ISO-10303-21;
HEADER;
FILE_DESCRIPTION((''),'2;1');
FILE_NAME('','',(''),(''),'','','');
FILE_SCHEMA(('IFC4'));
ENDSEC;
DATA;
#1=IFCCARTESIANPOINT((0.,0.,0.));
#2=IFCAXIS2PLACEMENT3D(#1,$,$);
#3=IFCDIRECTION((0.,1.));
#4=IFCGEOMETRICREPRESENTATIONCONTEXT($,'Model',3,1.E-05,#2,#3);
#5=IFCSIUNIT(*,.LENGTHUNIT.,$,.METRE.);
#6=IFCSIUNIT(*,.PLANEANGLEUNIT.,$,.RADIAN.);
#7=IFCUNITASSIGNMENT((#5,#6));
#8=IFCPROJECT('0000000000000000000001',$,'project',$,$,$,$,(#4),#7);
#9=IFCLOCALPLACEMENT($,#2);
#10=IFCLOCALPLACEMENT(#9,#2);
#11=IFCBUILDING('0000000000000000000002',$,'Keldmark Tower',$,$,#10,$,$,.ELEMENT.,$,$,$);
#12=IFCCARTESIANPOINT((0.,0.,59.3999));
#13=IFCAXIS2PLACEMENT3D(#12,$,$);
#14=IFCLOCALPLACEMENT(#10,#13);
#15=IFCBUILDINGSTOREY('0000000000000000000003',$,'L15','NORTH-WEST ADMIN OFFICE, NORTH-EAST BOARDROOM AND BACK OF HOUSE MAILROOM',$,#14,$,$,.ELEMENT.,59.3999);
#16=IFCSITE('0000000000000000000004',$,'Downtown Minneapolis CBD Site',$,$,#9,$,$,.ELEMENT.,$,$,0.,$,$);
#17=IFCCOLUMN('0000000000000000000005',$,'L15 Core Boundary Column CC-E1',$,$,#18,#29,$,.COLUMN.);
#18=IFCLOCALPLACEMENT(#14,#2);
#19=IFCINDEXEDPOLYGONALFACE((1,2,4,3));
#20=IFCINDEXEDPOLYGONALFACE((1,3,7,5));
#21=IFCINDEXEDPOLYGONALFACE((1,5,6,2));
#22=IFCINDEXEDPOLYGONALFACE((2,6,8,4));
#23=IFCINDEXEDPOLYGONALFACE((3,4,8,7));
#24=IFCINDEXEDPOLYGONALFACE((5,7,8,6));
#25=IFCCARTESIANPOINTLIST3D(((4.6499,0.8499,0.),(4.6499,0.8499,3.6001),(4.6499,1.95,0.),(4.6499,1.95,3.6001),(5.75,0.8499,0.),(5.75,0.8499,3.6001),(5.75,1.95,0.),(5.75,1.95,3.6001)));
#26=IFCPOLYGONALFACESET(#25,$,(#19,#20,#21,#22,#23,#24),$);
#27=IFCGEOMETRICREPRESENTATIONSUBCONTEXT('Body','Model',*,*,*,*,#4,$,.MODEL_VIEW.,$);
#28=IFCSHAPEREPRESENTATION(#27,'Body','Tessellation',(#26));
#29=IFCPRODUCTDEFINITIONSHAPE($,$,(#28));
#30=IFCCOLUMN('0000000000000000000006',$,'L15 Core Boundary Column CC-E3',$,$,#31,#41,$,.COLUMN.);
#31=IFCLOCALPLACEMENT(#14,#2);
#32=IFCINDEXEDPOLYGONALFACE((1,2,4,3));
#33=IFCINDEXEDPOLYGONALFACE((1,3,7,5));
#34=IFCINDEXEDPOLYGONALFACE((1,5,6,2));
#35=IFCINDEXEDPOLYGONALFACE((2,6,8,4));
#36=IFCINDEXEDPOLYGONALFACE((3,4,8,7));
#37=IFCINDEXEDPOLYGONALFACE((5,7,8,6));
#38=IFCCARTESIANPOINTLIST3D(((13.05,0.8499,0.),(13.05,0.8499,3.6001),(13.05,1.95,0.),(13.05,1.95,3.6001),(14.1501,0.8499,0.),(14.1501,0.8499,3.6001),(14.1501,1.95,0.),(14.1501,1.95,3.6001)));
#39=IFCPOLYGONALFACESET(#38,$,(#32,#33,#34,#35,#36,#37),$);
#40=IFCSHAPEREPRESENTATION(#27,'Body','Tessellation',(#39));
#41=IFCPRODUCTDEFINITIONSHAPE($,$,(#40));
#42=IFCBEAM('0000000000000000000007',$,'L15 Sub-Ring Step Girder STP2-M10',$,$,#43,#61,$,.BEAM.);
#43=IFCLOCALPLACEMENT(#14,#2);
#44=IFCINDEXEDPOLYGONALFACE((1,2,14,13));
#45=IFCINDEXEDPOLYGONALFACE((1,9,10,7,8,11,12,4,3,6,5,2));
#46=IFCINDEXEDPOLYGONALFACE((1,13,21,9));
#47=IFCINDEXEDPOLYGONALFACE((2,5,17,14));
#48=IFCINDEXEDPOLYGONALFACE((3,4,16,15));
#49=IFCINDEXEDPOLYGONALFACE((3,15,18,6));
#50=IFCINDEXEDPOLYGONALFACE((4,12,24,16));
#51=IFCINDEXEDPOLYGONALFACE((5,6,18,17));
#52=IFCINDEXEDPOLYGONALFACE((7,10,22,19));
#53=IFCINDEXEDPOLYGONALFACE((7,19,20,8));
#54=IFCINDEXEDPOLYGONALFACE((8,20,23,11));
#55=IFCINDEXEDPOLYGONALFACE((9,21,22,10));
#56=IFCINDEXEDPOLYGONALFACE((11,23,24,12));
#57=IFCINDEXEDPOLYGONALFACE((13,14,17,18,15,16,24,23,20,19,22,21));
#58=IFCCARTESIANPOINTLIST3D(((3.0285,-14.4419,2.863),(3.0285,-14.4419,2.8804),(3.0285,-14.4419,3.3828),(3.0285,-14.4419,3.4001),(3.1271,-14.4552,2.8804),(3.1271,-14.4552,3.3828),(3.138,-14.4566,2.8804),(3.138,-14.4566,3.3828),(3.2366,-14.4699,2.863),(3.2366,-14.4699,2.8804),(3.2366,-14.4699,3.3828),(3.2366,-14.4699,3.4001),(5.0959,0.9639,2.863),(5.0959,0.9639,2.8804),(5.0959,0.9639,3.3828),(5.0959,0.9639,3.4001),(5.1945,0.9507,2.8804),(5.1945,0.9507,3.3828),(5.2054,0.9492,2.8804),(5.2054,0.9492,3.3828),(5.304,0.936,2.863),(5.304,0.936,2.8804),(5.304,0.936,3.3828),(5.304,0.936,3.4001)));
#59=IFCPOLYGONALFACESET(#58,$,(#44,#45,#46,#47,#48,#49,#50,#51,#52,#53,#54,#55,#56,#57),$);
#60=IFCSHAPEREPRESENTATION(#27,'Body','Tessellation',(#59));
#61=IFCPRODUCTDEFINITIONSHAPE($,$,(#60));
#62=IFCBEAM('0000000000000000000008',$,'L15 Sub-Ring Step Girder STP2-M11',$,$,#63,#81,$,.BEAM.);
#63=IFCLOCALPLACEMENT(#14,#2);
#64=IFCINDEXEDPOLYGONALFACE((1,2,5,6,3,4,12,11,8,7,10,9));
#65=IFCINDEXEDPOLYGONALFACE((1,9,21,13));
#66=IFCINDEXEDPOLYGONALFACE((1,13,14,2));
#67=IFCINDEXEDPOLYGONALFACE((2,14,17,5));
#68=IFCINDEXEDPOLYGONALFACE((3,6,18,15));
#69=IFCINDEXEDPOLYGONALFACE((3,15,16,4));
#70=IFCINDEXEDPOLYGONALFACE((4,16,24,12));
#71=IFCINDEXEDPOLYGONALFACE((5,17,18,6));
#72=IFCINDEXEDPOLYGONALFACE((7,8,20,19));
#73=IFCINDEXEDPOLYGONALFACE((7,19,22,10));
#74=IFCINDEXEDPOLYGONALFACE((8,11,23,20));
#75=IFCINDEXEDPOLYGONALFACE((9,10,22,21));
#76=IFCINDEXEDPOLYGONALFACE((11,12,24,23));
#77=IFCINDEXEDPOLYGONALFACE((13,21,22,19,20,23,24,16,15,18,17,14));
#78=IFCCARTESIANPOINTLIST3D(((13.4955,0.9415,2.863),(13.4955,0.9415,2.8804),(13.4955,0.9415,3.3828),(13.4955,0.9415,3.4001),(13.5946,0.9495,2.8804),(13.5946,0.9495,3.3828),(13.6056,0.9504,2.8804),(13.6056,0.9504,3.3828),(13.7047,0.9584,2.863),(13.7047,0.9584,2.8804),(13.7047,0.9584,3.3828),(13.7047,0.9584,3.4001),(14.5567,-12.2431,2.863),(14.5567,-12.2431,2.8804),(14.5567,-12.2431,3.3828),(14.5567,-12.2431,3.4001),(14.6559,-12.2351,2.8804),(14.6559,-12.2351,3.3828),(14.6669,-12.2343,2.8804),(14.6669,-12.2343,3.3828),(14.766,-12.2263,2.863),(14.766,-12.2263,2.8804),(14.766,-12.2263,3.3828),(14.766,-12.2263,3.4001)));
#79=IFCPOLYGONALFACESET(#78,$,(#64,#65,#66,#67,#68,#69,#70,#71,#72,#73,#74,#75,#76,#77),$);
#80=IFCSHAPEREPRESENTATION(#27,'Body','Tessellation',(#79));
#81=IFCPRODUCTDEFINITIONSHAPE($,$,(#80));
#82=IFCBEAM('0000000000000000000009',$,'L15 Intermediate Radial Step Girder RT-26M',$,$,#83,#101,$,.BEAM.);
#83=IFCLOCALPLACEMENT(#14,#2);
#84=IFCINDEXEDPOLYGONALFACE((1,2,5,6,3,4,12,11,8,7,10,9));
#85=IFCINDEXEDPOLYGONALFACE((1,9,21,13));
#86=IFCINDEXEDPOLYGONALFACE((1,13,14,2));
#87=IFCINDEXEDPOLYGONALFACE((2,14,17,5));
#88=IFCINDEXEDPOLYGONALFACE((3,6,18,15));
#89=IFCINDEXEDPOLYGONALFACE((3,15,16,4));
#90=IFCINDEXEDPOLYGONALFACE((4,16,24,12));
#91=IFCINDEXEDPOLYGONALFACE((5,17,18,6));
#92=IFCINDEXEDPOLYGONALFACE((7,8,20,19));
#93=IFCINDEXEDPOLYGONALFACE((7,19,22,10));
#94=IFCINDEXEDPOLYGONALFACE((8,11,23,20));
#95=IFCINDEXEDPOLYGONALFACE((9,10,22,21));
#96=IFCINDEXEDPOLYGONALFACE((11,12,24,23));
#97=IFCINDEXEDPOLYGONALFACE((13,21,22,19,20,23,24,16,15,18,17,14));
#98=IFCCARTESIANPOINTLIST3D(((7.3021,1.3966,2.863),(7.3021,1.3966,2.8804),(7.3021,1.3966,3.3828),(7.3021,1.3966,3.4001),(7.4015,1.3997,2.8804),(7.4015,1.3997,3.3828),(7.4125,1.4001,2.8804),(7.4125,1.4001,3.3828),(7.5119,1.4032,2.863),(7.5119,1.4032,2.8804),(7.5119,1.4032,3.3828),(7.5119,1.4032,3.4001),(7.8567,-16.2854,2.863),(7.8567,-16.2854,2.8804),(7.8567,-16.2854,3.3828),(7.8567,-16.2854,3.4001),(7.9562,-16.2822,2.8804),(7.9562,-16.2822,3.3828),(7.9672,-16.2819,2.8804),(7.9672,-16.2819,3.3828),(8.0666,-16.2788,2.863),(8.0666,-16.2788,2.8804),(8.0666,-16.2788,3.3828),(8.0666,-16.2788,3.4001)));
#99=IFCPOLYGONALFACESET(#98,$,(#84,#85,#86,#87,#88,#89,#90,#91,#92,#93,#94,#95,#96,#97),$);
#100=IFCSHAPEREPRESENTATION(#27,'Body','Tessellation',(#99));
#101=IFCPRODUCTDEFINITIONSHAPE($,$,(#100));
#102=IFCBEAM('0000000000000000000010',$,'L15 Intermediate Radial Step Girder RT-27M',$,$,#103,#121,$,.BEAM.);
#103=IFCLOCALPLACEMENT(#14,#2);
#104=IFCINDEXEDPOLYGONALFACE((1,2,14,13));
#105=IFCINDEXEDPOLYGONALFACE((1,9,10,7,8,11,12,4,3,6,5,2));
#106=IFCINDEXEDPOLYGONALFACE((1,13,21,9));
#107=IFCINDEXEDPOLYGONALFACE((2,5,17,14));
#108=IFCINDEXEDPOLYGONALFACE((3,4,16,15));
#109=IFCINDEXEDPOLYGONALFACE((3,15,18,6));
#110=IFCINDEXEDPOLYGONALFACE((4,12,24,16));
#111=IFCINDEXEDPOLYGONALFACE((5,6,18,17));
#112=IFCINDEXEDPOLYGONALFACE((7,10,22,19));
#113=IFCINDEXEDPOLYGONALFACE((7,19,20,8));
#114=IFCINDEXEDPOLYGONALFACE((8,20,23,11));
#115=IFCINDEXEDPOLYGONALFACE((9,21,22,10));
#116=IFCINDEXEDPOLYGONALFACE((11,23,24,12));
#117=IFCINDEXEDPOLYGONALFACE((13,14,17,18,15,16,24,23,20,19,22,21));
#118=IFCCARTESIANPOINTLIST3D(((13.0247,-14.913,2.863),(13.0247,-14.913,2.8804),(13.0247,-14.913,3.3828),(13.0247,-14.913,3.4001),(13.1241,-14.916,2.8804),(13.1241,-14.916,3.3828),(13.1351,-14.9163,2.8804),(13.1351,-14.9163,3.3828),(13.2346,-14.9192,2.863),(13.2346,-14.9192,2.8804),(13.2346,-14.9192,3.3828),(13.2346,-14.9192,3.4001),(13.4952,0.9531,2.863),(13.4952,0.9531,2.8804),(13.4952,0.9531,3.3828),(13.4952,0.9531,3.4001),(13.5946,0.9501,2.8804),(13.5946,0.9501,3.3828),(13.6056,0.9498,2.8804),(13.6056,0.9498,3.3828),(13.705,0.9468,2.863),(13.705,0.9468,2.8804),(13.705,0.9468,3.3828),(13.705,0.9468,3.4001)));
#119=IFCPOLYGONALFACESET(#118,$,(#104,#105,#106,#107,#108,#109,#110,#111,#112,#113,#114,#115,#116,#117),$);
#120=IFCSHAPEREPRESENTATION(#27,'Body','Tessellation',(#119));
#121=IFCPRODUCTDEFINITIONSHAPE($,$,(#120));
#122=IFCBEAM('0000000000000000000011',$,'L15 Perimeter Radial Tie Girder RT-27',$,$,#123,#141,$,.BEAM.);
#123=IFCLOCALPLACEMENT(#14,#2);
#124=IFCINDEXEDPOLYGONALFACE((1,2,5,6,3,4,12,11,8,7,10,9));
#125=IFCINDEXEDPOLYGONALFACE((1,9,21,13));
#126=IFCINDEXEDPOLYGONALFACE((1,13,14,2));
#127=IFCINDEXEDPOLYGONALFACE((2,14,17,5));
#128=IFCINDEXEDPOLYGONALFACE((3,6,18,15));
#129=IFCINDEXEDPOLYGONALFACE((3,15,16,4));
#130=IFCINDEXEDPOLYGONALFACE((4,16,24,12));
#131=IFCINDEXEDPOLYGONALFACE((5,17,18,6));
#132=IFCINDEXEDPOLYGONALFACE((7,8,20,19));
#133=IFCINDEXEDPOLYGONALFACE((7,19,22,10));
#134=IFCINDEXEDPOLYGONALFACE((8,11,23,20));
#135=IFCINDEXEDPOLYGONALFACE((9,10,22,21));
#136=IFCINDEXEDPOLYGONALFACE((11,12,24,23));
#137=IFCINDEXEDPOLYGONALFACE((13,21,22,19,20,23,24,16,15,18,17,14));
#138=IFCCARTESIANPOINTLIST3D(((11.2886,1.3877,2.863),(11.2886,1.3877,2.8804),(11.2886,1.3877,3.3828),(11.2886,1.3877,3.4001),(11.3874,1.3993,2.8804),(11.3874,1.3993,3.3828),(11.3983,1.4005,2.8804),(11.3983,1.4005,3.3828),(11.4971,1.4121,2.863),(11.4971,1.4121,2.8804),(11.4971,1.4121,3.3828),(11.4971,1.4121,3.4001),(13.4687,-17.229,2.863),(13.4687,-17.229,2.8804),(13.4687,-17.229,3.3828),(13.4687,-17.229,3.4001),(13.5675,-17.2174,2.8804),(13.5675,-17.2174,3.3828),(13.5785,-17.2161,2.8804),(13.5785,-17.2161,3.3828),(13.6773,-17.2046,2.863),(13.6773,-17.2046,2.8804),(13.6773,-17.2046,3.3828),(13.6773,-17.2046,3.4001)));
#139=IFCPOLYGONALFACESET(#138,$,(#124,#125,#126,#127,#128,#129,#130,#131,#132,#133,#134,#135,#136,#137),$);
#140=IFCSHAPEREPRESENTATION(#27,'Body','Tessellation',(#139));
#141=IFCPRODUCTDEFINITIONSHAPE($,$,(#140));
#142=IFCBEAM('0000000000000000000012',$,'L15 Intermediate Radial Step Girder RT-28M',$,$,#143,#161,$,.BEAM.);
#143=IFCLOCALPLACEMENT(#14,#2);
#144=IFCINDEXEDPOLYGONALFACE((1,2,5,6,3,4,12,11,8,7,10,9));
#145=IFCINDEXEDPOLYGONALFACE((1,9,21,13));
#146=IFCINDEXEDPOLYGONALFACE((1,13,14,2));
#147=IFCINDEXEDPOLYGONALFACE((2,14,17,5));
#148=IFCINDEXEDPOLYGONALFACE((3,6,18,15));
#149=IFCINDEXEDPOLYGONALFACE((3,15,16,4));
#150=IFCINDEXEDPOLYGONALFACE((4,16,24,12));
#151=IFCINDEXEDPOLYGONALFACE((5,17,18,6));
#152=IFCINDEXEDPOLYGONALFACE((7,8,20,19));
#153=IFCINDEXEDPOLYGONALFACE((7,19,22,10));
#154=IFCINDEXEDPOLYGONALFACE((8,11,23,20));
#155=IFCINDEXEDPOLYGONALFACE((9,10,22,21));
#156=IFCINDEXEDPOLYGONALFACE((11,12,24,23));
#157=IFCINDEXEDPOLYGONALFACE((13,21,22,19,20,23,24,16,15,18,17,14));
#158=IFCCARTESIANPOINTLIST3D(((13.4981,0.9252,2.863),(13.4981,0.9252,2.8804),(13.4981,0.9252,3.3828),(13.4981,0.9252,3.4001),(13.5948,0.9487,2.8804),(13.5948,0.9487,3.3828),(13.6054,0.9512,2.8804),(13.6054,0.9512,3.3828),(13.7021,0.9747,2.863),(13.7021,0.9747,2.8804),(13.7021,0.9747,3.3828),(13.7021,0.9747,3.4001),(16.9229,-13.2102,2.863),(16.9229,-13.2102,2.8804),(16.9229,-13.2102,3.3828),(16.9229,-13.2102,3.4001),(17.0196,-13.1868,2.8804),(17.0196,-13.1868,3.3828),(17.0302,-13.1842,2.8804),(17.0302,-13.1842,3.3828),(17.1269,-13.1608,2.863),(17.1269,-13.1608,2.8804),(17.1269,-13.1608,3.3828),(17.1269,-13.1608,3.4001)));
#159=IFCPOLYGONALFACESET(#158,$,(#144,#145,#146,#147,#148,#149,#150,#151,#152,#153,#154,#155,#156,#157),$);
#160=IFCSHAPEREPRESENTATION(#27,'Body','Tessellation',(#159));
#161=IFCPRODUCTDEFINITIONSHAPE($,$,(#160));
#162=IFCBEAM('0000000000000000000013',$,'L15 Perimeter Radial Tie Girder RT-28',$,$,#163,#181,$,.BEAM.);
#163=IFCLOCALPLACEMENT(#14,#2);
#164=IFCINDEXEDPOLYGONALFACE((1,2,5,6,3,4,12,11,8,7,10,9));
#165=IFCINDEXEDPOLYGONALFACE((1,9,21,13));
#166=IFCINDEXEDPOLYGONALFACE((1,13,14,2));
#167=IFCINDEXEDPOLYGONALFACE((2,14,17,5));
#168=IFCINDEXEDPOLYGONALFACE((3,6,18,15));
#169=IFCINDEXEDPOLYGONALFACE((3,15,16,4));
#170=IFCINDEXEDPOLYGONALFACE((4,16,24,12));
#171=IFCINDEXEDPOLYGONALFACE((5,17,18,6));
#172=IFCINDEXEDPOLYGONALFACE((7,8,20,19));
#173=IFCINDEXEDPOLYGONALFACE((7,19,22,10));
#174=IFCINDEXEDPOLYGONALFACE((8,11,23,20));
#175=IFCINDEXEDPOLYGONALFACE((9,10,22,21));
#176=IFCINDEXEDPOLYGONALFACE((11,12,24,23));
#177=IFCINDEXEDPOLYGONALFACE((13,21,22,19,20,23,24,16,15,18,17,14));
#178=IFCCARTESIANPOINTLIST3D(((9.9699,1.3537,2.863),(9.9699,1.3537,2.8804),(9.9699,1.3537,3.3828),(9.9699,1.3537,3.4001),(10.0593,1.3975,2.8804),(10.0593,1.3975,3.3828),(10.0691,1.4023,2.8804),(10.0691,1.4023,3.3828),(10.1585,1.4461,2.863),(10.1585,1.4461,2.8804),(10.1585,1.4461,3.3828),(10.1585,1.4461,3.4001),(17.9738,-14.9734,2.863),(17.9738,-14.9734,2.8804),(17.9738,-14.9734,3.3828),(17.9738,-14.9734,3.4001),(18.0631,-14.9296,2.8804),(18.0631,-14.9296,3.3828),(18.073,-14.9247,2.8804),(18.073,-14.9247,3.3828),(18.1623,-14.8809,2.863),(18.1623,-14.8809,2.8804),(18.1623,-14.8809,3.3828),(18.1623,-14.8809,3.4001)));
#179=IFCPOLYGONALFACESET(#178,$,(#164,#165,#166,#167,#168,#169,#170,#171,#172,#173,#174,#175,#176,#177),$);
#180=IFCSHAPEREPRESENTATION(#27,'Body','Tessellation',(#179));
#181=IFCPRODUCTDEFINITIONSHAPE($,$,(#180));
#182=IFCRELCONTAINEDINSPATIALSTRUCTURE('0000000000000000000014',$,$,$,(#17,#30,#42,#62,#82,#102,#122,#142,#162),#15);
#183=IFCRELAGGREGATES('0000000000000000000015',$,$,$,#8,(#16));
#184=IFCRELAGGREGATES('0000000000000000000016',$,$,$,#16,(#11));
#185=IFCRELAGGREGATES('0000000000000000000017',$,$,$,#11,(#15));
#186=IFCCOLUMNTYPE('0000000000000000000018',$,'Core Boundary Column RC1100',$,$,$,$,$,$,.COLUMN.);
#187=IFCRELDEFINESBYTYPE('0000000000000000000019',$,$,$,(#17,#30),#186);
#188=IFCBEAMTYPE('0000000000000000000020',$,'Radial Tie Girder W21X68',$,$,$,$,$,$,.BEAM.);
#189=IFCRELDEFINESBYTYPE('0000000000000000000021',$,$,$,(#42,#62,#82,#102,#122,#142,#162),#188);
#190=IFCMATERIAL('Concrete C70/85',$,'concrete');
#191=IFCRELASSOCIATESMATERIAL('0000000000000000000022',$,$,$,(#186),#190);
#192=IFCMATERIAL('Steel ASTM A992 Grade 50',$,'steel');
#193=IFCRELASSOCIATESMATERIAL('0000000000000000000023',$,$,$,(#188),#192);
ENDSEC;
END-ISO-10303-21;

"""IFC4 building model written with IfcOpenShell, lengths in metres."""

from ifc_helpers import new_model, si_unit, direction, frame, origin, origin_2d, place, context, subcontext, project, spatial, rectangle, i_section, extrude, material, material_profile, profile_set, type_object, element, save


model = new_model("IFC4")

# Units and contexts
model_context = context("Model", 3, precision=1e-05, world=origin(), true_north=direction((0.0, 1.0)))
body_context = subcontext(model_context, "Body", "Model", "MODEL_VIEW")
ifc_project = project(units=[si_unit("LENGTHUNIT", "METRE"), si_unit("PLANEANGLEUNIT", "RADIAN")], contexts=[model_context])

# Site, building, storey
site_placement = place(None, origin())
site = spatial("IfcSite", under=ifc_project, at=site_placement, Name="Downtown Minneapolis CBD Site", CompositionType="ELEMENT", RefElevation=0.0)
building_placement = place(site_placement, origin())
building = spatial("IfcBuilding", under=site, at=building_placement, Name="Keldmark Tower", CompositionType="ELEMENT")
storey_placement = place(building_placement, frame((0.0, 0.0, 59.3999)))
storey = spatial("IfcBuildingStorey", under=building, at=storey_placement, Name="L15", Description="NORTH-WEST ADMIN OFFICE, NORTH-EAST BOARDROOM AND BACK OF HOUSE MAILROOM", CompositionType="ELEMENT", Elevation=59.3999)

# Columns
ifc_material_1 = material(Name="Concrete C70/85", Category="concrete")
ifc_material_profile_1 = material_profile(ifc_material_1, rectangle(XDim=1.1001, YDim=1.1001, at=origin_2d()), Name="RC1100X1100")
ifc_profile_set_1 = profile_set([ifc_material_profile_1], Name="Concrete C70/85")
column_type = type_object("IfcColumnType", Name="Core Boundary Column RC1100", PredefinedType="COLUMN", material=ifc_profile_set_1)
for number, where, z_axis, x_axis, name in (
    (1, (5.2, 1.3999, 0.0), (0.0, 0.0, 1.0), (1.0, 0.0, 0.0), "L15 Core Boundary Column CC-E1"),
    (2, (13.6001, 1.3999, 0.0), (0.0, 0.0, 1.0), (1.0, 0.0, 0.0), "L15 Core Boundary Column CC-E3"),
):
    element("IfcColumn", number, at=place(storey_placement, frame(where, z_axis=z_axis, x_axis=x_axis)), inside=storey, type_object=column_type, Name=name, PredefinedType="COLUMN", context=body_context, shape_type="SweptSolid", body=[
        extrude(rectangle(XDim=1.1001, YDim=1.1001, at=origin_2d()), origin(), (0.0, 0.0, 1.0), 3.6001),
    ])

# Beams
ifc_material_2 = material(Name="Steel ASTM A992 Grade 50", Category="steel")
ifc_material_profile_2 = material_profile(ifc_material_2, i_section(OverallWidth=0.21, OverallDepth=0.5371, WebThickness=0.011, FlangeThickness=0.0173, at=origin_2d()), Name="W21X68")
ifc_profile_set_2 = profile_set([ifc_material_profile_2], Name="Steel ASTM A992 Grade 50")
beam_type = type_object("IfcBeamType", Name="Radial Tie Girder W21X68", PredefinedType="BEAM", material=ifc_profile_set_2)
beam_1_placement = place(storey_placement, frame((5.2, 0.95, 3.1316), z_axis=(-0.133003, -0.991116, 0.0), x_axis=(0.991116, -0.133003, 0.0)))
element("IfcBeam", 3, at=beam_1_placement, inside=storey, type_object=beam_type, Name="L15 Sub-Ring Step Girder STP2-M10", PredefinedType="BEAM", context=body_context, shape_type="SweptSolid", body=[
    extrude(i_section(OverallWidth=0.21, OverallDepth=0.5371, WebThickness=0.011, FlangeThickness=0.0173, at=origin_2d()), origin(), (0.0, 0.0, 1.0), 15.5439),
])
beam_2_placement = place(storey_placement, frame((13.6001, 0.95, 3.1316), z_axis=(0.080235, -0.996776, 0.0), x_axis=(0.996776, 0.080235, 0.0)))
element("IfcBeam", 4, at=beam_2_placement, inside=storey, type_object=beam_type, Name="L15 Sub-Ring Step Girder STP2-M11", PredefinedType="BEAM", context=body_context, shape_type="SweptSolid", body=[
    extrude(i_section(OverallWidth=0.21, OverallDepth=0.5371, WebThickness=0.011, FlangeThickness=0.0173, at=origin_2d()), origin(), (0.0, 0.0, 1.0), 13.2273),
])
beam_3_placement = place(storey_placement, frame((7.407, 1.3999, 3.1316), z_axis=(0.031355, -0.999508, 0.0), x_axis=(0.999508, 0.031355, 0.0)))
element("IfcBeam", 5, at=beam_3_placement, inside=storey, type_object=beam_type, Name="L15 Intermediate Radial Step Girder RT-26M", PredefinedType="BEAM", context=body_context, shape_type="SweptSolid", body=[
    extrude(i_section(OverallWidth=0.21, OverallDepth=0.5371, WebThickness=0.011, FlangeThickness=0.0173, at=origin_2d()), origin(), (0.0, 0.0, 1.0), 17.6907),
])
beam_4_placement = place(storey_placement, frame((13.6001, 0.95, 3.1316), z_axis=(-0.029639, -0.999561, 0.0), x_axis=(0.999561, -0.029639, 0.0)))
element("IfcBeam", 6, at=beam_4_placement, inside=storey, type_object=beam_type, Name="L15 Intermediate Radial Step Girder RT-27M", PredefinedType="BEAM", context=body_context, shape_type="SweptSolid", body=[
    extrude(i_section(OverallWidth=0.21, OverallDepth=0.5371, WebThickness=0.011, FlangeThickness=0.0173, at=origin_2d()), origin(), (0.0, 0.0, 1.0), 15.873),
])
beam_5_placement = place(storey_placement, frame((11.3928, 1.3999, 3.1316), z_axis=(0.116314, -0.993213, 0.0), x_axis=(0.993213, 0.116314, 0.0)))
element("IfcBeam", 7, at=beam_5_placement, inside=storey, type_object=beam_type, Name="L15 Perimeter Radial Tie Girder RT-27", PredefinedType="BEAM", context=body_context, shape_type="SweptSolid", body=[
    extrude(i_section(OverallWidth=0.21, OverallDepth=0.5371, WebThickness=0.011, FlangeThickness=0.0173, at=origin_2d()), origin(), (0.0, 0.0, 1.0), 18.7439),
])
beam_6_placement = place(storey_placement, frame((13.6001, 0.95, 3.1316), z_axis=(0.235471, -0.971881, 0.0), x_axis=(0.971881, 0.235471, 0.0)))
element("IfcBeam", 8, at=beam_6_placement, inside=storey, type_object=beam_type, Name="L15 Intermediate Radial Step Girder RT-28M", PredefinedType="BEAM", context=body_context, shape_type="SweptSolid", body=[
    extrude(i_section(OverallWidth=0.21, OverallDepth=0.5371, WebThickness=0.011, FlangeThickness=0.0173, at=origin_2d()), origin(), (0.0, 0.0, 1.0), 14.5444),
])
beam_7_placement = place(storey_placement, frame((10.0642, 1.3999, 3.1316), z_axis=(0.440175, -0.897912, 0.0), x_axis=(0.897912, 0.440175, 0.0)))
element("IfcBeam", 9, at=beam_7_placement, inside=storey, type_object=beam_type, Name="L15 Perimeter Radial Tie Girder RT-28", PredefinedType="BEAM", context=body_context, shape_type="SweptSolid", body=[
    extrude(i_section(OverallWidth=0.21, OverallDepth=0.5371, WebThickness=0.011, FlangeThickness=0.0173, at=origin_2d()), origin(), (0.0, 0.0, 1.0), 18.1833),
])

save(model, "model.ifc")
